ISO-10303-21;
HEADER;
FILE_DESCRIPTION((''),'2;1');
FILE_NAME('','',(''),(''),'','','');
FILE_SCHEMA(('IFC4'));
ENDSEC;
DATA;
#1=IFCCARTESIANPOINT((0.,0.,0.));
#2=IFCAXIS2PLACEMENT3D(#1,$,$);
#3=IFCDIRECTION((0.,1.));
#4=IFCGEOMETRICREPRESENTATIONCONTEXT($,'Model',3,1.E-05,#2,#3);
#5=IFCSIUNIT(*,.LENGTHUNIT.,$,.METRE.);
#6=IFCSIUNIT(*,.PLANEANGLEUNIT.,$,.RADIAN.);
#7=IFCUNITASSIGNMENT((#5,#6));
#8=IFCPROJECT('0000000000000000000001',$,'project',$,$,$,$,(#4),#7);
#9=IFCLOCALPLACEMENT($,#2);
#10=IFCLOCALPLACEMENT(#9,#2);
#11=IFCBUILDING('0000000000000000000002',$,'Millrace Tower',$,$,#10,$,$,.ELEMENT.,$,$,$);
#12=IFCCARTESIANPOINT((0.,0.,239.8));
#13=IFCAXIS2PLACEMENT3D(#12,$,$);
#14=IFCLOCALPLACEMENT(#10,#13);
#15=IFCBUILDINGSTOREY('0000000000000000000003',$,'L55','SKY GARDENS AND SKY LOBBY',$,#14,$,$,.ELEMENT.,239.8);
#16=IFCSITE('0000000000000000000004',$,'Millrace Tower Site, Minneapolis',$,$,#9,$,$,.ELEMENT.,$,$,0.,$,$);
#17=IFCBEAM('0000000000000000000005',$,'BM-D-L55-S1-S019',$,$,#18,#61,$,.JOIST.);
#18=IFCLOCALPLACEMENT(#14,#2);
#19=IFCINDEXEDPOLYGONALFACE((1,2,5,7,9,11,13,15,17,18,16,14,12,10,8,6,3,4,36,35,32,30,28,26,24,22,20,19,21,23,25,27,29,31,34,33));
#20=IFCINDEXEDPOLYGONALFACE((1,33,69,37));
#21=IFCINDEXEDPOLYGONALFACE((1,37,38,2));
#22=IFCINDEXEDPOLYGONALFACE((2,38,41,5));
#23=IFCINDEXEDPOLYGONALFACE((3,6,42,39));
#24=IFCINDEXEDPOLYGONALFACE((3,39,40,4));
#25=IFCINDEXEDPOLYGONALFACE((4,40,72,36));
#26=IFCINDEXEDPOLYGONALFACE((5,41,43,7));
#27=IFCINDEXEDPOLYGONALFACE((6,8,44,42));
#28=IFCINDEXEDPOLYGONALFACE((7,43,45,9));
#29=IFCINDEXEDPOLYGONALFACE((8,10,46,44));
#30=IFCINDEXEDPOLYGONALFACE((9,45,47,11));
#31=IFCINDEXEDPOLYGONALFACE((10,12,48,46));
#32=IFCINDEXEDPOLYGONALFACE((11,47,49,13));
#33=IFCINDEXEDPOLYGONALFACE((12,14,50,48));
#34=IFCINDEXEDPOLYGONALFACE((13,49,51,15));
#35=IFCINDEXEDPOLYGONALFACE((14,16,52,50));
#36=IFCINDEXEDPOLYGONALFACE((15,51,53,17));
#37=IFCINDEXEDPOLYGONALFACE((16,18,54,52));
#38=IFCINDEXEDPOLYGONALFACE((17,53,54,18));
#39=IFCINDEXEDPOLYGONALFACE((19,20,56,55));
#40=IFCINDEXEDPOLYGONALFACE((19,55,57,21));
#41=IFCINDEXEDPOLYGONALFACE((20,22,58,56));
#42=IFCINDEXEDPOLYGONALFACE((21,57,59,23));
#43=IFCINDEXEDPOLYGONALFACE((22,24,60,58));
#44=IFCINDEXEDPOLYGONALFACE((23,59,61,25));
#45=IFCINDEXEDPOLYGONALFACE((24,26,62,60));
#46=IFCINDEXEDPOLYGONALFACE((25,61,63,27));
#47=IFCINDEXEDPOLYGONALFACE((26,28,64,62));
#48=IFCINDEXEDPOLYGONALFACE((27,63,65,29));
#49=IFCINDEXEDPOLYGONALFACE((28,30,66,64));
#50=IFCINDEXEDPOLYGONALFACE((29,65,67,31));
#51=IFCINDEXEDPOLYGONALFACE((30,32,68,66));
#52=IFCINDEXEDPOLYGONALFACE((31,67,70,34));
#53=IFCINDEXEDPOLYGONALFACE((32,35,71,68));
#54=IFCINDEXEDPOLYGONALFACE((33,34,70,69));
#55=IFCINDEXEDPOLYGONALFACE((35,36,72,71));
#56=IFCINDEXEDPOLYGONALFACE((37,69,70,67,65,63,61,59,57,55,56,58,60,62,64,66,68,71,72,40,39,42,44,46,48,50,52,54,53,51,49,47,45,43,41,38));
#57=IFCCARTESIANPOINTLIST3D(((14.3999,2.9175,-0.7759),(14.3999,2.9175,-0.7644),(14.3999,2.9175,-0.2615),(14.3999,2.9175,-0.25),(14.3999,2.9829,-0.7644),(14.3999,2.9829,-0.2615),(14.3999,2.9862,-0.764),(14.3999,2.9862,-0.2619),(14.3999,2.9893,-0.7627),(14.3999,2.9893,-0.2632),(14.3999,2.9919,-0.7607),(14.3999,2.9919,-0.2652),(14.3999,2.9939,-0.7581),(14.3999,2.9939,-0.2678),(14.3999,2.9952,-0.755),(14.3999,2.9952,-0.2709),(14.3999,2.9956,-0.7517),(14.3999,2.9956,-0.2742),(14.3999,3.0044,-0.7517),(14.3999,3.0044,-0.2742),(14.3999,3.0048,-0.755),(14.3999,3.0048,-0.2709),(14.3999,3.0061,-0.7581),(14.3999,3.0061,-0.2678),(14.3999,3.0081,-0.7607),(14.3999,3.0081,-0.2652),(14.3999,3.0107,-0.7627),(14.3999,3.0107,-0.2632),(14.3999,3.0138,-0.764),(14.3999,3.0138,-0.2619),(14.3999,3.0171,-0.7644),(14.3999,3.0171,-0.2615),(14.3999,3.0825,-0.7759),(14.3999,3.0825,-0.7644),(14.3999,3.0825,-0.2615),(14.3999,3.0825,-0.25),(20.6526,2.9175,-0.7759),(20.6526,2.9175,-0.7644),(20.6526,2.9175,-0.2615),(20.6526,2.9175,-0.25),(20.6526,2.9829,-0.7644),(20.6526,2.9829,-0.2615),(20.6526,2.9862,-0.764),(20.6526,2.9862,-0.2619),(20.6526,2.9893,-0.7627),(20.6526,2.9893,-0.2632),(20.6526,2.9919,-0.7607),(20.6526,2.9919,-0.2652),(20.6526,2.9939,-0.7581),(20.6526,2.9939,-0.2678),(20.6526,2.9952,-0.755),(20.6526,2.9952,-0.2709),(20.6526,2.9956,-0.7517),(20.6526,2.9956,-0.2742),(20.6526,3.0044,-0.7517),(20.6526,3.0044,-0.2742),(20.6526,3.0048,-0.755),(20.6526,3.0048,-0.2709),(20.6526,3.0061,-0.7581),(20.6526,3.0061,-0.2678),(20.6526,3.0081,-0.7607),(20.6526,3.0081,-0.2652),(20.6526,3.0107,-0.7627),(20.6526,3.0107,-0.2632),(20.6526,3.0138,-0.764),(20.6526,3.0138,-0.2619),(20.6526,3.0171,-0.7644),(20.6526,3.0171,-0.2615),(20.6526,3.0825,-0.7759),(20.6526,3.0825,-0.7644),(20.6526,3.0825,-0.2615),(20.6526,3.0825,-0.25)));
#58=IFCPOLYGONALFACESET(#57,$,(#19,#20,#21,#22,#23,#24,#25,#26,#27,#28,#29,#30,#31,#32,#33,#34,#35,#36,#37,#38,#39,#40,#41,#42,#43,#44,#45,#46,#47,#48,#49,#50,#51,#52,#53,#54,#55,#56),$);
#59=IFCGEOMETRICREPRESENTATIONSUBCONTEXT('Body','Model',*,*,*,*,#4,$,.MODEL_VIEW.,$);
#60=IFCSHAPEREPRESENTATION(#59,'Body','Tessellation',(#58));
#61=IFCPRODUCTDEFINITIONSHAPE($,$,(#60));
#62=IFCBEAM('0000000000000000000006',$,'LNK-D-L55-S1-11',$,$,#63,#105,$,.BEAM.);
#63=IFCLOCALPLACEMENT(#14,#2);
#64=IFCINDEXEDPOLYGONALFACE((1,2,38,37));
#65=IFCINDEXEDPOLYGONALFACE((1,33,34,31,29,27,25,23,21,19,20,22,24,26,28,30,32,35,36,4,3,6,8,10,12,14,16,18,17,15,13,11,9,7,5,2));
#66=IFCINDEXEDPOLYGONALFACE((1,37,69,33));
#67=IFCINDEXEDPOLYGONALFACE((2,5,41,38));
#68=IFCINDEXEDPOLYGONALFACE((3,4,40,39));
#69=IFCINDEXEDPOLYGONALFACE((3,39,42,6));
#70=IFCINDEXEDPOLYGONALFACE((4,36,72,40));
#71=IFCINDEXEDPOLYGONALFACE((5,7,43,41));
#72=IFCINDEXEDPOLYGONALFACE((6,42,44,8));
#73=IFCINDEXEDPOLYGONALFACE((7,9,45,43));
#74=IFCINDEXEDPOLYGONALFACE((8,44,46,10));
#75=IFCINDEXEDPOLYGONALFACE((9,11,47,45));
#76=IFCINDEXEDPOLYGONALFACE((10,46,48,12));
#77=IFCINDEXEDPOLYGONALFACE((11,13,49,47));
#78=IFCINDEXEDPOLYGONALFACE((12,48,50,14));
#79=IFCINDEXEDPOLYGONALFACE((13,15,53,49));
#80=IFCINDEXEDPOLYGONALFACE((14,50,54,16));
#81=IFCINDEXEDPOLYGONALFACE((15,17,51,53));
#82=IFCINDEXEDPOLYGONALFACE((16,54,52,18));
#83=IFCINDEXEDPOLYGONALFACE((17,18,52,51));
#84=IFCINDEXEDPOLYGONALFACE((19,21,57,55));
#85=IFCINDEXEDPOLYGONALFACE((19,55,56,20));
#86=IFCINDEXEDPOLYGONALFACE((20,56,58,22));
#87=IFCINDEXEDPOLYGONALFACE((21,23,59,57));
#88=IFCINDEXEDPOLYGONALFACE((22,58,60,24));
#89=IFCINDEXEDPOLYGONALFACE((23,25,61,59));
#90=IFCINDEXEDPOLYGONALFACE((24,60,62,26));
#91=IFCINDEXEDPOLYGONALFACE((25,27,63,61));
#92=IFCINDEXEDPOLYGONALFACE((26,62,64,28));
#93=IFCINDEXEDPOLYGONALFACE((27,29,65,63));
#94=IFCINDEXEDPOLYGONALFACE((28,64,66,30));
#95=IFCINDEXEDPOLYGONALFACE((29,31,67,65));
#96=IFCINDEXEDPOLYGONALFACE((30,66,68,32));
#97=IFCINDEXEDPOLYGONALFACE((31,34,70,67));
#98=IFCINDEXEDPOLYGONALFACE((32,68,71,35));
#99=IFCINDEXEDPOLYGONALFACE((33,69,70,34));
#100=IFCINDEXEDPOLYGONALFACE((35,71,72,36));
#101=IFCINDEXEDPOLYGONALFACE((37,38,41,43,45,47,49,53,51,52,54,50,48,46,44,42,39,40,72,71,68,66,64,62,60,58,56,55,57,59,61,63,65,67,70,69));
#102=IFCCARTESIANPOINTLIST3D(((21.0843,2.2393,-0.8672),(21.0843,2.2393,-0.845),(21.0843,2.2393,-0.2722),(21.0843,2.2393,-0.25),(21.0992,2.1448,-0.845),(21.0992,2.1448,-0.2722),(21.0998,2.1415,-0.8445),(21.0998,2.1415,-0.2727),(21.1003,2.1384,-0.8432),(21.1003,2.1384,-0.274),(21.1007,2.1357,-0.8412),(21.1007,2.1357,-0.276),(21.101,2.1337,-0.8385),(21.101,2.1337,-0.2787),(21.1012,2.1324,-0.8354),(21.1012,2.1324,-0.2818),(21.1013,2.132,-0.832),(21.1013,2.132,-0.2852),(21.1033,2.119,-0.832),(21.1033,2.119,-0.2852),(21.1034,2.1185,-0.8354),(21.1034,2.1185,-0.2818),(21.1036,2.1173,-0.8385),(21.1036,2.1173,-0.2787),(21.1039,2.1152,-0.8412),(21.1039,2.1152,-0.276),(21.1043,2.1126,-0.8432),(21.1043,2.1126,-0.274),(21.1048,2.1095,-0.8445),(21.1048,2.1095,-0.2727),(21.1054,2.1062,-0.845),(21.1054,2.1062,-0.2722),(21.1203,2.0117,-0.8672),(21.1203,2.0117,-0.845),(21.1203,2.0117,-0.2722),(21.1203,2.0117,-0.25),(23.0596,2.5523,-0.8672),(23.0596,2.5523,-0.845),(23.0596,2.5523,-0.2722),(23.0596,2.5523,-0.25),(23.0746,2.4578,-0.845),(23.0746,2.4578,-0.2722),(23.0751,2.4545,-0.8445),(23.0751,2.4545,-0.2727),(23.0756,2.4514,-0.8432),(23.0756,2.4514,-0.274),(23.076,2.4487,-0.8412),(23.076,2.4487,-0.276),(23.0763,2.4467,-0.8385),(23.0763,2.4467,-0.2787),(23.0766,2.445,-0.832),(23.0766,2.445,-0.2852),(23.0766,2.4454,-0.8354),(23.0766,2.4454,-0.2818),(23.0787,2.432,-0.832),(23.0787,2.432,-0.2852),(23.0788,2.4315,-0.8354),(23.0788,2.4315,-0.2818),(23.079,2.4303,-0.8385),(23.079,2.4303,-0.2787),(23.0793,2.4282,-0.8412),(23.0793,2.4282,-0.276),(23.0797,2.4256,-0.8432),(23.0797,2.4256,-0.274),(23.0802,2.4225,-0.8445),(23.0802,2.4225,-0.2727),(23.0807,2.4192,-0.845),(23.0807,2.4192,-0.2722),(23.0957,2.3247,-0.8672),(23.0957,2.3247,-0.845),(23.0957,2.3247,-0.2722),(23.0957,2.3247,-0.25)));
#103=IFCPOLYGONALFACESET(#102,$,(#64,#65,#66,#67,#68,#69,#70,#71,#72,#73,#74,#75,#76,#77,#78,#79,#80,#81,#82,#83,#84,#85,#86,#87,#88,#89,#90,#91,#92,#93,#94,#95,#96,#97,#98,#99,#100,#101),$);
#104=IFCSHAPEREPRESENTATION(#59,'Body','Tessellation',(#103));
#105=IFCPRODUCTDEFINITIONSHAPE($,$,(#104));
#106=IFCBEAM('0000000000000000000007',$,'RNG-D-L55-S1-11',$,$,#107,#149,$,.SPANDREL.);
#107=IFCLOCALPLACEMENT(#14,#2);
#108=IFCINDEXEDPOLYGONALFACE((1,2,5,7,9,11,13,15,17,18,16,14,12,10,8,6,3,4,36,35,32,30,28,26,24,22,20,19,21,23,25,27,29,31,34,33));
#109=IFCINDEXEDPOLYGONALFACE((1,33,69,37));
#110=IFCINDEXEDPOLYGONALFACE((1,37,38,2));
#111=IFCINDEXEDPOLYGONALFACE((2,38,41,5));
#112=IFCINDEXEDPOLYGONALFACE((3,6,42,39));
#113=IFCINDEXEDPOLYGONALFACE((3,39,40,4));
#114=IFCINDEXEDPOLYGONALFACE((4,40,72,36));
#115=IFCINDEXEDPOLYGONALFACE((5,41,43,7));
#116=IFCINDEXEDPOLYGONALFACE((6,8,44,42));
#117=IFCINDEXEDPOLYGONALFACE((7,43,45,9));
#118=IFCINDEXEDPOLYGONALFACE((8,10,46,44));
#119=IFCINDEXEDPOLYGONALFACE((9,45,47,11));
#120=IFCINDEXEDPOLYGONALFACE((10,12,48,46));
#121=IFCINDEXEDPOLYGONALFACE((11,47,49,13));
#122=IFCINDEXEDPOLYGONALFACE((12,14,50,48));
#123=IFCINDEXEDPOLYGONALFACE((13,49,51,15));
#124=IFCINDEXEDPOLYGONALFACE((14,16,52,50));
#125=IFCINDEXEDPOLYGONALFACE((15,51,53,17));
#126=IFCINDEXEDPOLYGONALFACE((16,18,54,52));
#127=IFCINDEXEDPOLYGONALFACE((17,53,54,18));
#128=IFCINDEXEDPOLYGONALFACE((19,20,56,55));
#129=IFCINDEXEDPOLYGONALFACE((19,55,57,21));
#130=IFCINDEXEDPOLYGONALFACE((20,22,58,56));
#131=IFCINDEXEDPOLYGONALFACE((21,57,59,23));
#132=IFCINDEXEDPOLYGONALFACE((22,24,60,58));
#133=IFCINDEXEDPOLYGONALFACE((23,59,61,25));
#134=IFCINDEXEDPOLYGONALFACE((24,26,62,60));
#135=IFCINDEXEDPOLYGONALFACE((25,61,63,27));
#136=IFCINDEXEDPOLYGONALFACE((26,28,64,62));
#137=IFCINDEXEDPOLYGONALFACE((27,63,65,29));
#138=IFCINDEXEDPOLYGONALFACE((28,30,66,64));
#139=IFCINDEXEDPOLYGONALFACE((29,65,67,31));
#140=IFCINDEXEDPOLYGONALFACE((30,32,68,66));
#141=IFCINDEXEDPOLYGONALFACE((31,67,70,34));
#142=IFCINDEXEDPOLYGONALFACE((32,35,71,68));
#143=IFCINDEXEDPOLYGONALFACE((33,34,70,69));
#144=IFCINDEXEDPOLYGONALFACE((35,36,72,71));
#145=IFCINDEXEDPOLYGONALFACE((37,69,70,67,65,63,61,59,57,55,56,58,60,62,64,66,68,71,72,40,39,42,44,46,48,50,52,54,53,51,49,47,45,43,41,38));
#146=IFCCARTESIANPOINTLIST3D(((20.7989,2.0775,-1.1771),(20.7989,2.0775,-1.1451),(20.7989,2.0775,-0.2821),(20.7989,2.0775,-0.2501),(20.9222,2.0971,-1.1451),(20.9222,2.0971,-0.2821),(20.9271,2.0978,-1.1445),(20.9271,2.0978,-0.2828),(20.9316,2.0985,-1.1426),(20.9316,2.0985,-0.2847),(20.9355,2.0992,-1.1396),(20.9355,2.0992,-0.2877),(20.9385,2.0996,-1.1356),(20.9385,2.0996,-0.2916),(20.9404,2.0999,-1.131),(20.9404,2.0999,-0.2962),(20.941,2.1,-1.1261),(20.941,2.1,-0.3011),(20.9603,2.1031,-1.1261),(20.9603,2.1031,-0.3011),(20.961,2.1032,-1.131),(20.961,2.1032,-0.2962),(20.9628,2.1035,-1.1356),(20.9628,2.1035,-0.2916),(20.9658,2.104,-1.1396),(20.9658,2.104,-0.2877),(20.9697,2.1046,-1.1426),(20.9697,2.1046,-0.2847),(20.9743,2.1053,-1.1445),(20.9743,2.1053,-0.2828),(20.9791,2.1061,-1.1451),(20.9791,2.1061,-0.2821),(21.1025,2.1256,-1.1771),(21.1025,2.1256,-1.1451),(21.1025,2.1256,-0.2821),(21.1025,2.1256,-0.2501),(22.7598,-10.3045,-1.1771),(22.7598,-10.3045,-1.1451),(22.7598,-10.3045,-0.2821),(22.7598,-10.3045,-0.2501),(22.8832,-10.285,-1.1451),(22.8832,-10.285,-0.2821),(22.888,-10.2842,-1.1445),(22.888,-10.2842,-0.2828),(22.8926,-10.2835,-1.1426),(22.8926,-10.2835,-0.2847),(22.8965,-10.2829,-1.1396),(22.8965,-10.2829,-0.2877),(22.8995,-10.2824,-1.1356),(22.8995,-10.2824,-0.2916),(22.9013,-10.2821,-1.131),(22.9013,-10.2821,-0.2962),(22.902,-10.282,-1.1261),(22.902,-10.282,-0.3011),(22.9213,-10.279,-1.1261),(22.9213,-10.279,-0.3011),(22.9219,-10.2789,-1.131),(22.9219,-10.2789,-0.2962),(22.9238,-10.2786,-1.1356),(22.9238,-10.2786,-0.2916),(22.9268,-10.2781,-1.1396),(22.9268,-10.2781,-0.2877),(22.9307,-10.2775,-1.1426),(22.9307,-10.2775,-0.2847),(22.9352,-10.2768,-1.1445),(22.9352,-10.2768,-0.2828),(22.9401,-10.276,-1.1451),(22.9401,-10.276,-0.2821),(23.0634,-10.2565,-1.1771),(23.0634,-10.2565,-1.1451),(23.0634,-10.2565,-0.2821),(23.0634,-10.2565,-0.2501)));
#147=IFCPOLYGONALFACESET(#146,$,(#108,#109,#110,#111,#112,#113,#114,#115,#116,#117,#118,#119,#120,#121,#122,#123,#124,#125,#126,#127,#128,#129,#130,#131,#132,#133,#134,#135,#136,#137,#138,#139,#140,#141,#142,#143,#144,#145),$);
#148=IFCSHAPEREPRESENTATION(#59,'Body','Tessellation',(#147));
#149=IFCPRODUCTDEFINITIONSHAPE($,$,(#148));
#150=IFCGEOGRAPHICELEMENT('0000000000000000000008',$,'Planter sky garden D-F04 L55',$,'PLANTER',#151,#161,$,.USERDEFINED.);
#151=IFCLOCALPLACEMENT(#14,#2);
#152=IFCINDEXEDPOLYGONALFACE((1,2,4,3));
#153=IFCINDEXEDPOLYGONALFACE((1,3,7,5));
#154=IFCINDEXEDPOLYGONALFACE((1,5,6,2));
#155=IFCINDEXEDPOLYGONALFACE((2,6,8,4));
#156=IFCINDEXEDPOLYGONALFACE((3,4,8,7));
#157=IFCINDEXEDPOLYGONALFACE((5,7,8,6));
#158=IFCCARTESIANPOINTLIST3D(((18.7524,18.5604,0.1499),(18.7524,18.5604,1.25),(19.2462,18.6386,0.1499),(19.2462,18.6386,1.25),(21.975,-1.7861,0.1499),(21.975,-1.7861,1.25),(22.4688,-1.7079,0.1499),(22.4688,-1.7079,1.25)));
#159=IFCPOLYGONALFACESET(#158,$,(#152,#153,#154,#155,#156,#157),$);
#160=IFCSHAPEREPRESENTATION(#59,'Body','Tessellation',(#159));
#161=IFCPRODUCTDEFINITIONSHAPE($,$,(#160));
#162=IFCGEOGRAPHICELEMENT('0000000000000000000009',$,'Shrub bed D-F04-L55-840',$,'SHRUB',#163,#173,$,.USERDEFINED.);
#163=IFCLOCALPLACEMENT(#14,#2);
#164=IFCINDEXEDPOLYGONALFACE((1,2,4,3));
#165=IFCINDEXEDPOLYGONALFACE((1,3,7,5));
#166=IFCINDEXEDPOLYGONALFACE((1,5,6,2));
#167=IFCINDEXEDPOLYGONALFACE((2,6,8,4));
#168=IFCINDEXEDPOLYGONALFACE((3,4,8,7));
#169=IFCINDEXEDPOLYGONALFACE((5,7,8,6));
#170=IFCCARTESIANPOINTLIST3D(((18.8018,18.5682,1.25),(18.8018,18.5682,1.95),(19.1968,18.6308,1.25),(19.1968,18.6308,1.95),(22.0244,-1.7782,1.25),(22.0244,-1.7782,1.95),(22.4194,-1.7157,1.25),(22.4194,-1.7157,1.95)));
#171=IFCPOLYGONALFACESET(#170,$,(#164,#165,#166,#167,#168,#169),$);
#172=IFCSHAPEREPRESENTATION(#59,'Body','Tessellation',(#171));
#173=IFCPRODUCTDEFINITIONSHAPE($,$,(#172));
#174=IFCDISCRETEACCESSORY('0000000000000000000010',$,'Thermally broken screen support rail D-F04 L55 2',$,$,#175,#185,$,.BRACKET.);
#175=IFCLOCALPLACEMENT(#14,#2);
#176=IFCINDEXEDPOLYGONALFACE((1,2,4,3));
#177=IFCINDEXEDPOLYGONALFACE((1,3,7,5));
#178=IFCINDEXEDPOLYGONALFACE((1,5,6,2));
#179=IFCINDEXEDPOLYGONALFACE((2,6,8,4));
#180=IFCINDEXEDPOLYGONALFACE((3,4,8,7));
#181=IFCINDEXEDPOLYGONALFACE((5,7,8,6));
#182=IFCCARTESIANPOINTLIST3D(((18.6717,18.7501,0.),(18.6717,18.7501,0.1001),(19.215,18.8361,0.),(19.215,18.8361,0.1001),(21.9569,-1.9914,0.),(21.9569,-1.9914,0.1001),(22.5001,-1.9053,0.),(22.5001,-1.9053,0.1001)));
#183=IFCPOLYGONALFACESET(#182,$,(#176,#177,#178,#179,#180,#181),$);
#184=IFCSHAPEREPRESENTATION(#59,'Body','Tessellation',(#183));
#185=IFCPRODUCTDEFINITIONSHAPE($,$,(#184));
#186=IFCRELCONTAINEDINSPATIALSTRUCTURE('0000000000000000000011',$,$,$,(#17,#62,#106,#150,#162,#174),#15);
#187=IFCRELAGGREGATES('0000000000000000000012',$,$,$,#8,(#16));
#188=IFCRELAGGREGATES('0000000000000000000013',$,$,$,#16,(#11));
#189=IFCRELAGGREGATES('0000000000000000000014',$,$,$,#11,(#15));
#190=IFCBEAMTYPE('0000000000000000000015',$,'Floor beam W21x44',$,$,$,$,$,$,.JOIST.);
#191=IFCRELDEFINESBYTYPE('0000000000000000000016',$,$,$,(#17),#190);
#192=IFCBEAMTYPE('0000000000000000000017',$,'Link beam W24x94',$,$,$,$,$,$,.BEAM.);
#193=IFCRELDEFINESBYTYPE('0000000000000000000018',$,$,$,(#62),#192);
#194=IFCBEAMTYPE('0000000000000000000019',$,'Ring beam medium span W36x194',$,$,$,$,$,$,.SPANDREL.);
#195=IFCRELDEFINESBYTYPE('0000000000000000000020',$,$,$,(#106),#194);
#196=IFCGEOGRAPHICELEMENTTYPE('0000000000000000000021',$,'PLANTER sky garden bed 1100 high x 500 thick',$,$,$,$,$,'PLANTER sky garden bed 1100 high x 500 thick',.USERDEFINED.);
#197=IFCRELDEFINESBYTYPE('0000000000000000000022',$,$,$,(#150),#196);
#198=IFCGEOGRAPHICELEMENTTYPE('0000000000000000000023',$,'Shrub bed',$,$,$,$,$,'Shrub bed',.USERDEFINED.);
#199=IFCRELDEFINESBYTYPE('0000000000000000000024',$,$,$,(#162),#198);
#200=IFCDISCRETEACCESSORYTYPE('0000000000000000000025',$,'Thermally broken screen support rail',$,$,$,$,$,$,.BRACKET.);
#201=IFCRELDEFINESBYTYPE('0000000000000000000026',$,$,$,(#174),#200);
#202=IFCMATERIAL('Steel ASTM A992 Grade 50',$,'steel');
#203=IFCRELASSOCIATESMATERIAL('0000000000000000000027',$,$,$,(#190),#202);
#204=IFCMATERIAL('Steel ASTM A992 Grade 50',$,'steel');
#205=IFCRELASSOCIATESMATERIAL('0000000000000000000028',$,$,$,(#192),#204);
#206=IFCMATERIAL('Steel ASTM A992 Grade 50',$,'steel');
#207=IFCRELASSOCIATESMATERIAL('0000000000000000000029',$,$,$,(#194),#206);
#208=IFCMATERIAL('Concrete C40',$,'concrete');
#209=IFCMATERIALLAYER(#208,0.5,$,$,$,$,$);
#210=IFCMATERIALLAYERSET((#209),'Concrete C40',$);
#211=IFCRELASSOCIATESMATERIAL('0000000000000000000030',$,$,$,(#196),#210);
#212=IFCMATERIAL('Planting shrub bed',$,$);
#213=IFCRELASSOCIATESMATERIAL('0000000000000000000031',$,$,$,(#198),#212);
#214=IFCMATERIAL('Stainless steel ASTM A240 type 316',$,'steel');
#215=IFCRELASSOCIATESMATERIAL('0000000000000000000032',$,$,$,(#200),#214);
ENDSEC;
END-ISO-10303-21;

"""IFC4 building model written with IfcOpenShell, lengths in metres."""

from ifc_helpers import new_model, si_unit, direction, frame, origin, origin_2d, place, context, subcontext, project, spatial, rectangle, i_section, extrude, material, layer, layer_set, material_profile, profile_set, type_object, element, save


model = new_model("IFC4")

# Units and contexts
model_context = context("Model", 3, precision=1e-05, world=origin(), true_north=direction((0.0, 1.0)))
body_context = subcontext(model_context, "Body", "Model", "MODEL_VIEW")
ifc_project = project(units=[si_unit("LENGTHUNIT", "METRE"), si_unit("PLANEANGLEUNIT", "RADIAN")], contexts=[model_context])

# Site, building, storey
site_placement = place(None, origin())
site = spatial("IfcSite", under=ifc_project, at=site_placement, Name="Millrace Tower Site, Minneapolis", CompositionType="ELEMENT", RefElevation=0.0)
building_placement = place(site_placement, origin())
building = spatial("IfcBuilding", under=site, at=building_placement, Name="Millrace Tower", CompositionType="ELEMENT")
storey_placement = place(building_placement, frame((0.0, 0.0, 239.8)))
storey = spatial("IfcBuildingStorey", under=building, at=storey_placement, Name="L55", Description="SKY GARDENS AND SKY LOBBY", CompositionType="ELEMENT", Elevation=239.8)

# Beams
ifc_material_1 = material(Name="Steel ASTM A992 Grade 50", Category="steel")
ifc_material_profile_1 = material_profile(ifc_material_1, i_section(OverallWidth=0.165, OverallDepth=0.5259, WebThickness=0.0088, FlangeThickness=0.0115, FilletRadius=0.0127, at=origin_2d()))
ifc_profile_set_1 = profile_set([ifc_material_profile_1], Name="Steel ASTM A992 Grade 50")
beam_type_1 = type_object("IfcBeamType", Name="Floor beam W21x44", PredefinedType="JOIST", material=ifc_profile_set_1)
beam_1_placement = place(storey_placement, frame((14.3999, 3.0, -0.5129), z_axis=(1.0, 0.0, 0.0), x_axis=(0.0, 1.0, 0.0)))
element("IfcBeam", 1, at=beam_1_placement, inside=storey, type_object=beam_type_1, Name="BM-D-L55-S1-S019", PredefinedType="JOIST", context=body_context, shape_type="SweptSolid", body=[
    extrude(i_section(OverallWidth=0.165, OverallDepth=0.5259, WebThickness=0.0088, FlangeThickness=0.0115, FilletRadius=0.0127, at=origin_2d()), origin(), (0.0, 0.0, 1.0), 6.2527),
])
ifc_material_2 = material(Name="Steel ASTM A992 Grade 50", Category="steel")
ifc_material_profile_2 = material_profile(ifc_material_2, i_section(OverallWidth=0.2305, OverallDepth=0.6172, WebThickness=0.0132, FlangeThickness=0.0222, FilletRadius=0.0129, at=origin_2d()))
ifc_profile_set_2 = profile_set([ifc_material_profile_2], Name="Steel ASTM A992 Grade 50")
beam_type_2 = type_object("IfcBeamType", Name="Link beam W24x94", PredefinedType="BEAM", material=ifc_profile_set_2)
beam_2_placement = place(storey_placement, frame((21.1023, 2.1255, -0.5586), z_axis=(0.987679, 0.156495, 0.0), x_axis=(-0.156495, 0.987679, 0.0)))
element("IfcBeam", 2, at=beam_2_placement, inside=storey, type_object=beam_type_2, Name="LNK-D-L55-S1-11", PredefinedType="BEAM", context=body_context, shape_type="SweptSolid", body=[
    extrude(i_section(OverallWidth=0.2305, OverallDepth=0.6172, WebThickness=0.0132, FlangeThickness=0.0222, FilletRadius=0.0129, at=origin_2d()), origin(), (0.0, 0.0, 1.0), 2.0),
])
ifc_material_3 = material(Name="Steel ASTM A992 Grade 50", Category="steel")
ifc_material_profile_3 = material_profile(ifc_material_3, i_section(OverallWidth=0.3074, OverallDepth=0.927, WebThickness=0.0195, FlangeThickness=0.032, FilletRadius=0.019, at=origin_2d()))
ifc_profile_set_3 = profile_set([ifc_material_profile_3], Name="Steel ASTM A992 Grade 50")
beam_type_3 = type_object("IfcBeamType", Name="Ring beam medium span W36x194", PredefinedType="SPANDREL", material=ifc_profile_set_3)
beam_3_placement = place(storey_placement, frame((20.9507, 2.1016, -0.7136), z_axis=(0.15642, -0.987691, 0.0), x_axis=(0.987691, 0.15642, 0.0)))
element("IfcBeam", 3, at=beam_3_placement, inside=storey, type_object=beam_type_3, Name="RNG-D-L55-S1-11", PredefinedType="SPANDREL", context=body_context, shape_type="SweptSolid", body=[
    extrude(i_section(OverallWidth=0.3074, OverallDepth=0.927, WebThickness=0.0195, FlangeThickness=0.032, FilletRadius=0.019, at=origin_2d()), origin(), (0.0, 0.0, 1.0), 12.5364),
])

# Geographic elements
ifc_material_4 = material(Name="Concrete C40", Category="concrete")
ifc_layer_1 = layer(ifc_material_4, 0.5)
ifc_layer_set_1 = layer_set([ifc_layer_1], Name="Concrete C40")
geographic_element_type_1 = type_object("IfcGeographicElementType", Name="PLANTER sky garden bed 1100 high x 500 thick", ElementType="PLANTER sky garden bed 1100 high x 500 thick", PredefinedType="USERDEFINED", material=ifc_layer_set_1)
geographic_element_1_placement = place(storey_placement, frame((20.6106, 8.4263, 0.1499), z_axis=(0.0, 0.0, 1.0), x_axis=(-0.156434, 0.987688, 0.0)))
element("IfcGeographicElement", 4, at=geographic_element_1_placement, inside=storey, type_object=geographic_element_type_1, Name="Planter sky garden D-F04 L55", ObjectType="PLANTER", PredefinedType="USERDEFINED", context=body_context, shape_type="SweptSolid", body=[
    extrude(rectangle(XDim=20.6001, YDim=0.5, at=origin_2d()), origin(), (0.0, 0.0, 1.0), 1.1001),
])
ifc_material_5 = material(Name="Planting shrub bed")
geographic_element_type_2 = type_object("IfcGeographicElementType", Name="Shrub bed", ElementType="Shrub bed", PredefinedType="USERDEFINED", material=ifc_material_5)
geographic_element_2_placement = place(storey_placement, frame((20.6106, 8.4263, 1.25), z_axis=(0.0, 0.0, 1.0), x_axis=(-0.156434, 0.987688, 0.0)))
element("IfcGeographicElement", 5, at=geographic_element_2_placement, inside=storey, type_object=geographic_element_type_2, Name="Shrub bed D-F04-L55-840", ObjectType="SHRUB", PredefinedType="USERDEFINED", context=body_context, shape_type="SweptSolid", body=[
    extrude(rectangle(XDim=20.6001, YDim=0.3999, at=origin_2d()), origin(), (0.0, 0.0, 1.0), 0.7),
])

# Discrete accessory
ifc_material_6 = material(Name="Stainless steel ASTM A240 type 316", Category="steel")
discrete_accessory_type = type_object("IfcDiscreteAccessoryType", Name="Thermally broken screen support rail", PredefinedType="BRACKET", material=ifc_material_6)
discrete_accessory_placement = place(storey_placement, frame((20.5859, 8.4224, 0.0), z_axis=(0.0, 0.0, 1.0), x_axis=(-0.156434, 0.987688, 0.0)))
element("IfcDiscreteAccessory", 6, at=discrete_accessory_placement, inside=storey, type_object=discrete_accessory_type, Name="Thermally broken screen support rail D-F04 L55 2", PredefinedType="BRACKET", context=body_context, shape_type="SweptSolid", body=[
    extrude(rectangle(XDim=21.0, YDim=0.55, at=origin_2d()), origin(), (0.0, 0.0, 1.0), 0.1001),
])

save(model, "model.ifc")
